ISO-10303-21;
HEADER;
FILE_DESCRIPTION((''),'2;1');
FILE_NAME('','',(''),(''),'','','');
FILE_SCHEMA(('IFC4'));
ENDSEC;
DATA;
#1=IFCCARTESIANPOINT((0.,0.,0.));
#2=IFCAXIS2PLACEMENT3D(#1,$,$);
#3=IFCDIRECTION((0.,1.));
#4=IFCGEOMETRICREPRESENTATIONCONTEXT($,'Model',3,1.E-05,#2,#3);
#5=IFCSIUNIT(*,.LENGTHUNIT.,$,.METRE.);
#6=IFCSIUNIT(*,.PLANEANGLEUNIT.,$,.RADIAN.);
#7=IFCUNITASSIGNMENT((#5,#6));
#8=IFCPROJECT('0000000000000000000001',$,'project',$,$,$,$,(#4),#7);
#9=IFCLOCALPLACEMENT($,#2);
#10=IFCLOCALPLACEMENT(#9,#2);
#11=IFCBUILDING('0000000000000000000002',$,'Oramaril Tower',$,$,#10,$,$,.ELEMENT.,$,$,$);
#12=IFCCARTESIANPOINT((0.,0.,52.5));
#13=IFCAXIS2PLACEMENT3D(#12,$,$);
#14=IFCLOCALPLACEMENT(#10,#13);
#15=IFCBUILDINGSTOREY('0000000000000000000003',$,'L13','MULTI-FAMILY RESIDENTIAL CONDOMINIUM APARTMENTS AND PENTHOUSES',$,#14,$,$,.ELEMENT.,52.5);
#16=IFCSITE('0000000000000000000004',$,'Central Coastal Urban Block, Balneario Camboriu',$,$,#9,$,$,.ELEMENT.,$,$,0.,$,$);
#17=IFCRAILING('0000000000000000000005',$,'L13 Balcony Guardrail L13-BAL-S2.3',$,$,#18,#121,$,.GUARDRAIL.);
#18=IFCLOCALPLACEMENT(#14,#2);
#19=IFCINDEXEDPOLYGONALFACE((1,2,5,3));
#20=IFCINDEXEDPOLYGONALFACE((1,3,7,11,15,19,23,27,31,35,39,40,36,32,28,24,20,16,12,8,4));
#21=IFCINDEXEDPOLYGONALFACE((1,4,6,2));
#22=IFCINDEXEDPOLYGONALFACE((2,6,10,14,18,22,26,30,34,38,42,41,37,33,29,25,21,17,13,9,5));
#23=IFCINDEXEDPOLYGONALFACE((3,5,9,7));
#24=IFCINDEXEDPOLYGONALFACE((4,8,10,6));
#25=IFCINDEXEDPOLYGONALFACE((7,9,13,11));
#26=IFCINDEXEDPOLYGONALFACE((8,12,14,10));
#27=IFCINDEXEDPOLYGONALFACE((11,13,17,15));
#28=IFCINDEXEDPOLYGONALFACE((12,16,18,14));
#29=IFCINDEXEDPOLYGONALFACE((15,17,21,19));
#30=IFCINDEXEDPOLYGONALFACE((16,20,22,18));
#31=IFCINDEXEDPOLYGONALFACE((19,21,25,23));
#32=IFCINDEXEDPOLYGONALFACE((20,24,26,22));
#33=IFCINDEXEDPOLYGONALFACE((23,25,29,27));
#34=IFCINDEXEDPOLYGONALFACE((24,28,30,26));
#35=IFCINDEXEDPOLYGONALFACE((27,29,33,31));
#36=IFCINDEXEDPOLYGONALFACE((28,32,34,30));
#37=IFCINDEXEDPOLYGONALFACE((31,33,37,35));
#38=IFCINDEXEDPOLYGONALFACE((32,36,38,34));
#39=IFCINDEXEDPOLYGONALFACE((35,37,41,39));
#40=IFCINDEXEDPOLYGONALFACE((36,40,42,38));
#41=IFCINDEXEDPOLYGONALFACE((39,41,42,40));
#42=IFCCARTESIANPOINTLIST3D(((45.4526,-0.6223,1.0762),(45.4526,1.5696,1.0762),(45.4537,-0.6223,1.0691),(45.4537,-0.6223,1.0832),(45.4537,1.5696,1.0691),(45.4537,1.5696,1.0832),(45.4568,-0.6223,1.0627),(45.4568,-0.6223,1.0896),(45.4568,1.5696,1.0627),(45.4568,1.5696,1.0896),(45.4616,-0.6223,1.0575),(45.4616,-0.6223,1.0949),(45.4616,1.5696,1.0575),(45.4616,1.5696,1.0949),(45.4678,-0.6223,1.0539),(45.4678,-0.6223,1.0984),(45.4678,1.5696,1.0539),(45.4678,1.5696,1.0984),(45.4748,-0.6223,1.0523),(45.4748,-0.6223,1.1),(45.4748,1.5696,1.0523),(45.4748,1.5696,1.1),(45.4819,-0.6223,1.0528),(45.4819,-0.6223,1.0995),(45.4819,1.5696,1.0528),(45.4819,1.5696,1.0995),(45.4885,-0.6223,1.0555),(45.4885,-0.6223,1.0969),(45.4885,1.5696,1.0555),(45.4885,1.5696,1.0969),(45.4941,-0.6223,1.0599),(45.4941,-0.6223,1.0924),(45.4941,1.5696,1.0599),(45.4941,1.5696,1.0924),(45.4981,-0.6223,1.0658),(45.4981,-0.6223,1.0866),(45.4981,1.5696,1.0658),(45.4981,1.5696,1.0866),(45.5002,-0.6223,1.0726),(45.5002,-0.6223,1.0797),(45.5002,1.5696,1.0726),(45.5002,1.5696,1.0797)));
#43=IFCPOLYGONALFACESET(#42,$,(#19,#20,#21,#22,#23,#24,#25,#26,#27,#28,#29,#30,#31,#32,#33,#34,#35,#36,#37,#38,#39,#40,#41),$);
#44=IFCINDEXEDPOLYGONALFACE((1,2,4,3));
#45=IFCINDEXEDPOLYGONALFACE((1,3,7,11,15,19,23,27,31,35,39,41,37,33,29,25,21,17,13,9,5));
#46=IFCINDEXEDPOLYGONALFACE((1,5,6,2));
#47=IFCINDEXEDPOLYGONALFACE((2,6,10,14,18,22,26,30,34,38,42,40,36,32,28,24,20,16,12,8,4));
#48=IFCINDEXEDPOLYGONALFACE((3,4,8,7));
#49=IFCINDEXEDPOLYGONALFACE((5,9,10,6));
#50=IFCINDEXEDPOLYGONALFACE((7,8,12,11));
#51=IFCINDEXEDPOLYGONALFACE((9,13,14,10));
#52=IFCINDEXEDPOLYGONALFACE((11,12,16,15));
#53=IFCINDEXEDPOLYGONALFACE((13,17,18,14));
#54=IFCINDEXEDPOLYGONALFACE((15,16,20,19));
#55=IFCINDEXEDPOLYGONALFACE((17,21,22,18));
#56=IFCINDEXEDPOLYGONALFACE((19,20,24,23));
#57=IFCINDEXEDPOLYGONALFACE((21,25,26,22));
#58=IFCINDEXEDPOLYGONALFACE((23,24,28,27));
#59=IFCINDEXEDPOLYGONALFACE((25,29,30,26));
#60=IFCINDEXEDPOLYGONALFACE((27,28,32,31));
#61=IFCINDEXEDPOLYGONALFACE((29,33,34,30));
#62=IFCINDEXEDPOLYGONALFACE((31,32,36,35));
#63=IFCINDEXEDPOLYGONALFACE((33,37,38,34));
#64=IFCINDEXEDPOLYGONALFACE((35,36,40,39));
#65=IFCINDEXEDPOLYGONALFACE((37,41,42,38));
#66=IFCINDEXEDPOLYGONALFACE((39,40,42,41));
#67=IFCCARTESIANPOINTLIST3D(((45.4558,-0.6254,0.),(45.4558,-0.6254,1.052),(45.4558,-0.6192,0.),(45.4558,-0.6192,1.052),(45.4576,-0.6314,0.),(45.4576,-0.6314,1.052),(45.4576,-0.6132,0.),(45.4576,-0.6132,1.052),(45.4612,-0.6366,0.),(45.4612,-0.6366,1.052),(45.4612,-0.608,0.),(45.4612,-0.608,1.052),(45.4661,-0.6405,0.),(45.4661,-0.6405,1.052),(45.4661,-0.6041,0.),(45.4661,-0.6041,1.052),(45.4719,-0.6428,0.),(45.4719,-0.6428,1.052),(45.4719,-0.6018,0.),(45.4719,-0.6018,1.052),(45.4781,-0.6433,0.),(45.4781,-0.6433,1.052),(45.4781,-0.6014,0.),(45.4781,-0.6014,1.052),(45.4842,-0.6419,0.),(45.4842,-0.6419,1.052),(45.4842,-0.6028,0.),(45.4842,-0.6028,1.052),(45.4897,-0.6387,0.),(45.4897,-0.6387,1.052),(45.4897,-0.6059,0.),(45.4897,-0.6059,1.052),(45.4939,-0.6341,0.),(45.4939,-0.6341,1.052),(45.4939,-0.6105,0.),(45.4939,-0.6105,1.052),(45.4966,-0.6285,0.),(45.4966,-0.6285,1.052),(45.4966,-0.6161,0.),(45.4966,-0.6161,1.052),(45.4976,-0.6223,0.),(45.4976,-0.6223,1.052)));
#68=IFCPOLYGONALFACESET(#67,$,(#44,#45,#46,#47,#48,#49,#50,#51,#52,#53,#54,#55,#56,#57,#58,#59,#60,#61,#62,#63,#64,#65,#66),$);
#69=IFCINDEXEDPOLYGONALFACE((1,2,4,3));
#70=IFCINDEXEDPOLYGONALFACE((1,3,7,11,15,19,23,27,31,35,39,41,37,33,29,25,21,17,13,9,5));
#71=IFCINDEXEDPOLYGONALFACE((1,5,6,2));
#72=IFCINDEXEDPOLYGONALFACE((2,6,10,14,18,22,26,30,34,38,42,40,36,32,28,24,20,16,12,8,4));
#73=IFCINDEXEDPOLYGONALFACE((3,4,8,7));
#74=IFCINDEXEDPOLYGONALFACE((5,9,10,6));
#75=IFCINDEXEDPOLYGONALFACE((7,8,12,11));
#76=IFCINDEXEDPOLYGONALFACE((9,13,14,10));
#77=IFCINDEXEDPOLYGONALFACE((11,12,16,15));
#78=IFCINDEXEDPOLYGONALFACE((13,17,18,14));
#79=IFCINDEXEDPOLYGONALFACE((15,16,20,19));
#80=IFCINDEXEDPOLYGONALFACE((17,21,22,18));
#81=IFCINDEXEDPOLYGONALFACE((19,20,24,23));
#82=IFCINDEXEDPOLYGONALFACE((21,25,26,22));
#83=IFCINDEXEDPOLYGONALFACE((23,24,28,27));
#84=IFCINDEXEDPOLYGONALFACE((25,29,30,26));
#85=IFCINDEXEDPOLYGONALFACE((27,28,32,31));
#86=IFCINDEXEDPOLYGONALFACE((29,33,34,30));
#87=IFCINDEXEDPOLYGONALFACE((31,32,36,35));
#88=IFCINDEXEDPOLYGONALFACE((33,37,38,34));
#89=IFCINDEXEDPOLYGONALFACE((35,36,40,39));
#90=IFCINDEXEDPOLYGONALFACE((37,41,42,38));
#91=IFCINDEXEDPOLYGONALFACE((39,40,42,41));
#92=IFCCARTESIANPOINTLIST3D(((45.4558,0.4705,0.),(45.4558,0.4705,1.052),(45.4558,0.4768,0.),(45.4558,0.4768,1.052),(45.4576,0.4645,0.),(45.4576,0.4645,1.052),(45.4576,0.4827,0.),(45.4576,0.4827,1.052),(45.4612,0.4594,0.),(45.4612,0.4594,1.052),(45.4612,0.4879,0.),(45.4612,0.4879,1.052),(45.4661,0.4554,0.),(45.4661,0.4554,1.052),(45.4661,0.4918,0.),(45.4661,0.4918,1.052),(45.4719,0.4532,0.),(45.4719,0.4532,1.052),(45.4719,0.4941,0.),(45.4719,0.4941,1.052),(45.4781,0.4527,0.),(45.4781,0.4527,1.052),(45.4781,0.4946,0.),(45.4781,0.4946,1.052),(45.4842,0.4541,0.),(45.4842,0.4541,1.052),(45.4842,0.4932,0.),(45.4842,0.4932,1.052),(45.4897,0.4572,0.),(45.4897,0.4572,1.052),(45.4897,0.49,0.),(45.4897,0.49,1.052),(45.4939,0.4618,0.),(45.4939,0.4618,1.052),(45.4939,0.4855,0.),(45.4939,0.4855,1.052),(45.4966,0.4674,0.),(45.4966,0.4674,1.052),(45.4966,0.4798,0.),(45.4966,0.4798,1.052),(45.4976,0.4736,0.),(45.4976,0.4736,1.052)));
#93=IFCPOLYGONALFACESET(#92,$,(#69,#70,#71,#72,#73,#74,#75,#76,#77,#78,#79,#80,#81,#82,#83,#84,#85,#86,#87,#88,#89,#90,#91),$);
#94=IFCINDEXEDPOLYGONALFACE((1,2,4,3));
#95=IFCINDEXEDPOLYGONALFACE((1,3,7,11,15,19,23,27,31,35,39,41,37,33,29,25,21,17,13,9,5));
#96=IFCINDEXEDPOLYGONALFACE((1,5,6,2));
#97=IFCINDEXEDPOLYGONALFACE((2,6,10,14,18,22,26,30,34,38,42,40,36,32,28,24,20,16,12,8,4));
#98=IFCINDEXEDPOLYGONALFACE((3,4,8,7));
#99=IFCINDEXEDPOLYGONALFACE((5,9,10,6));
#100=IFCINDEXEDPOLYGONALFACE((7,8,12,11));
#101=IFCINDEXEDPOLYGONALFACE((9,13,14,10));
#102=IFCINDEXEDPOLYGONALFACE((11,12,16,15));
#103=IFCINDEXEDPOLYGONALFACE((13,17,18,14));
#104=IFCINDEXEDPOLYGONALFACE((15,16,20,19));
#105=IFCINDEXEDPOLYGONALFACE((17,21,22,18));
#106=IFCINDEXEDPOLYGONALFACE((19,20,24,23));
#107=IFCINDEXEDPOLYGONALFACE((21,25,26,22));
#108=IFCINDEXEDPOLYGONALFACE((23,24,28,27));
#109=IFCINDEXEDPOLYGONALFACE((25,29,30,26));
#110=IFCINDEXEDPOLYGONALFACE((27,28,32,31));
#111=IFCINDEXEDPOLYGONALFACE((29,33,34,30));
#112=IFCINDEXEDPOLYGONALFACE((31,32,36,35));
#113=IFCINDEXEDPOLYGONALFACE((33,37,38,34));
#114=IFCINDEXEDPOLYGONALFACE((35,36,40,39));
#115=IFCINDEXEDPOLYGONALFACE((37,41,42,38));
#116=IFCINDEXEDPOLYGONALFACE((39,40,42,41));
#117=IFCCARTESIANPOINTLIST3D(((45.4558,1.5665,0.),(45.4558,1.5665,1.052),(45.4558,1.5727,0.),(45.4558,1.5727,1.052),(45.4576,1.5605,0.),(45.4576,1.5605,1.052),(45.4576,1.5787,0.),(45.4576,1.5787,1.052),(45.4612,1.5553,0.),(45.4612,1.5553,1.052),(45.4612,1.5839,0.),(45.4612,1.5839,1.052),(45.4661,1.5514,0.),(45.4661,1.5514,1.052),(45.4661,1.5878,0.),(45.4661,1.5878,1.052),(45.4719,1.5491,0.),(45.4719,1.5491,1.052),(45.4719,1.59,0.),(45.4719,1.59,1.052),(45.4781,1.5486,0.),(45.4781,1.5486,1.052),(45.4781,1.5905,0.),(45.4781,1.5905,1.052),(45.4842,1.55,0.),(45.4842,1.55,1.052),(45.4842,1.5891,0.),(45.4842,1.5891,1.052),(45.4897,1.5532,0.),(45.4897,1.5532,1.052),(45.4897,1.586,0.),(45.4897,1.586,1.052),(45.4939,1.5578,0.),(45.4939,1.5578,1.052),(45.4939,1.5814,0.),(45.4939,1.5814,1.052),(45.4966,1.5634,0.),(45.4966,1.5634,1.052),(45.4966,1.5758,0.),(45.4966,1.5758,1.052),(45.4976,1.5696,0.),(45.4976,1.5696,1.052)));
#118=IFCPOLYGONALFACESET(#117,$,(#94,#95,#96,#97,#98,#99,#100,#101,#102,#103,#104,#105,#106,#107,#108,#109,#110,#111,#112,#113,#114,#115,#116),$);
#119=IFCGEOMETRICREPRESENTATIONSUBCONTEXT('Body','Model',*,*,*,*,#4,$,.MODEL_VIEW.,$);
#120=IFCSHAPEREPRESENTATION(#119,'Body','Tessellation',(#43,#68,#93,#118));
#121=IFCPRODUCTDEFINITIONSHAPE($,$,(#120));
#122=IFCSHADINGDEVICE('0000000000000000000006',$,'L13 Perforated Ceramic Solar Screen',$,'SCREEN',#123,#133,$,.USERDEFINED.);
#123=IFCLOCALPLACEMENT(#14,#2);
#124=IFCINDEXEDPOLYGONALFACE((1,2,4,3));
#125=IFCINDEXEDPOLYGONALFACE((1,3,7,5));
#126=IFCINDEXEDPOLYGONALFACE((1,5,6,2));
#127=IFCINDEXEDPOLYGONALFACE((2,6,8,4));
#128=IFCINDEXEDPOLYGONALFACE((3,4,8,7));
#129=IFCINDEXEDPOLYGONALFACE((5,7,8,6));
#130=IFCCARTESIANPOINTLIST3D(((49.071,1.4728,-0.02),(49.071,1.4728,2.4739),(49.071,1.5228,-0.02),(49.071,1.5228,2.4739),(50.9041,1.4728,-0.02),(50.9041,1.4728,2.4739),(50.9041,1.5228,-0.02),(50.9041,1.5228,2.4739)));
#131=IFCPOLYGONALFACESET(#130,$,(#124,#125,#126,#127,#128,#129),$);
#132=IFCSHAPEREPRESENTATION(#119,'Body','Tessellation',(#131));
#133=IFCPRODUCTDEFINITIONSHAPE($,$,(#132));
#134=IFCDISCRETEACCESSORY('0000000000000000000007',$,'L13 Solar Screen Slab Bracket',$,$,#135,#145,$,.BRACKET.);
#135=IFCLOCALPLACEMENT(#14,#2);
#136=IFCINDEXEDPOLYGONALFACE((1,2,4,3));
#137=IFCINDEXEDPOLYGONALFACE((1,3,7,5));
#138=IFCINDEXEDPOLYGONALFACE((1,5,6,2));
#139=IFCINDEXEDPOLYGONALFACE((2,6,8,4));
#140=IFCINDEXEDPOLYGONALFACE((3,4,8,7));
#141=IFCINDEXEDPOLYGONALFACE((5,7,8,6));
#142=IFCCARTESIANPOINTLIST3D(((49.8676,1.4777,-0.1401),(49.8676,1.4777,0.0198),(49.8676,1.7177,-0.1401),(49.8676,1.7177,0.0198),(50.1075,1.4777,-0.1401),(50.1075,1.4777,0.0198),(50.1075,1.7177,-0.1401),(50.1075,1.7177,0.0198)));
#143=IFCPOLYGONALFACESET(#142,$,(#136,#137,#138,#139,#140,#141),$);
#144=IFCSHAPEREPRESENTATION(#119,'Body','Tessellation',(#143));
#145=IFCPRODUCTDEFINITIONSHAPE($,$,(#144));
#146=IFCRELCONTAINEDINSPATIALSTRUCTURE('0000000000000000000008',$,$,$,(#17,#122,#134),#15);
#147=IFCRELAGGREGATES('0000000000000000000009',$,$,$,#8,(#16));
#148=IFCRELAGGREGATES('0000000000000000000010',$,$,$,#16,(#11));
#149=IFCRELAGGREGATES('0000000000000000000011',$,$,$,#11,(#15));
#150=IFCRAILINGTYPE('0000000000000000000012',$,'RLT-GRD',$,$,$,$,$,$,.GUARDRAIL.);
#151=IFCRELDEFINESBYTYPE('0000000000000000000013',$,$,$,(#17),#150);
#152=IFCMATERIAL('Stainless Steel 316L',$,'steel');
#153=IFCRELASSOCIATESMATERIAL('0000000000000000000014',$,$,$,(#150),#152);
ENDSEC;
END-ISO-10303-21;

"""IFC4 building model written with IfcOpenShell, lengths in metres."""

from ifc_helpers import new_model, si_unit, direction, frame, origin, origin_2d, place, context, subcontext, project, spatial, rectangle, circle, extrude, material, type_object, element, save


model = new_model("IFC4")

# Units and contexts
model_context = context("Model", 3, precision=1e-05, world=origin(), true_north=direction((0.0, 1.0)))
body_context = subcontext(model_context, "Body", "Model", "MODEL_VIEW")
ifc_project = project(units=[si_unit("LENGTHUNIT", "METRE"), si_unit("PLANEANGLEUNIT", "RADIAN")], contexts=[model_context])

# Site, building, storey
site_placement = place(None, origin())
site = spatial("IfcSite", under=ifc_project, at=site_placement, Name="Central Coastal Urban Block, Balneario Camboriu", CompositionType="ELEMENT", RefElevation=0.0)
building_placement = place(site_placement, origin())
building = spatial("IfcBuilding", under=site, at=building_placement, Name="Oramaril Tower", CompositionType="ELEMENT")
storey_placement = place(building_placement, frame((0.0, 0.0, 52.5)))
storey = spatial("IfcBuildingStorey", under=building, at=storey_placement, Name="L13", Description="MULTI-FAMILY RESIDENTIAL CONDOMINIUM APARTMENTS AND PENTHOUSES", CompositionType="ELEMENT", Elevation=52.5)

# Railing
ifc_material_1 = material(Name="Stainless Steel 316L", Category="steel")
railing_type = type_object("IfcRailingType", Name="RLT-GRD", PredefinedType="GUARDRAIL", material=ifc_material_1)
railing_1_placement = place(storey_placement, frame((45.4766, -0.6223, 0.0)))
element("IfcRailing", 1, at=railing_1_placement, inside=storey, type_object=railing_type, Name="L13 Balcony Guardrail L13-BAL-S2.3", PredefinedType="GUARDRAIL", context=body_context, shape_type="SweptSolid", body=[
    extrude(circle(Radius=0.0239, at=origin_2d()), frame((0.0, 0.0, 1.0762), z_axis=(0.0, 1.0, 0.0), x_axis=(-1.0, 0.0, 0.0)), (0.0, 0.0, 1.0), 2.1919),
    extrude(circle(Radius=0.021, at=origin_2d()), origin(), (0.0, 0.0, 1.0), 1.052),
    extrude(circle(Radius=0.021, at=origin_2d()), frame((0.0, 1.0959, 0.0)), (0.0, 0.0, 1.0), 1.052),
    extrude(circle(Radius=0.021, at=origin_2d()), frame((0.0, 2.1919, 0.0)), (0.0, 0.0, 1.0), 1.052),
])

# Shading device
shading_device_placement = place(storey_placement, frame((49.9875, 1.4978, -0.02), z_axis=(0.0, 0.0, 1.0), x_axis=(1.0, 0.0, 0.0)))
element("IfcShadingDevice", 2, at=shading_device_placement, inside=storey, Name="L13 Perforated Ceramic Solar Screen", ObjectType="SCREEN", PredefinedType="USERDEFINED", context=body_context, shape_type="SweptSolid", body=[
    extrude(rectangle(XDim=1.833, YDim=0.05, at=origin_2d()), origin(), (0.0, 0.0, 1.0), 2.4939),
])

# Discrete accessory
discrete_accessory_placement = place(storey_placement, frame((49.9875, 1.5977, -0.1401), z_axis=(0.0, 0.0, 1.0), x_axis=(1.0, 0.0, 0.0)))
element("IfcDiscreteAccessory", 3, at=discrete_accessory_placement, inside=storey, Name="L13 Solar Screen Slab Bracket", PredefinedType="BRACKET", context=body_context, shape_type="SweptSolid", body=[
    extrude(rectangle(XDim=0.24, YDim=0.24, at=origin_2d()), origin(), (0.0, 0.0, 1.0), 0.1599),
])

save(model, "model.ifc")
